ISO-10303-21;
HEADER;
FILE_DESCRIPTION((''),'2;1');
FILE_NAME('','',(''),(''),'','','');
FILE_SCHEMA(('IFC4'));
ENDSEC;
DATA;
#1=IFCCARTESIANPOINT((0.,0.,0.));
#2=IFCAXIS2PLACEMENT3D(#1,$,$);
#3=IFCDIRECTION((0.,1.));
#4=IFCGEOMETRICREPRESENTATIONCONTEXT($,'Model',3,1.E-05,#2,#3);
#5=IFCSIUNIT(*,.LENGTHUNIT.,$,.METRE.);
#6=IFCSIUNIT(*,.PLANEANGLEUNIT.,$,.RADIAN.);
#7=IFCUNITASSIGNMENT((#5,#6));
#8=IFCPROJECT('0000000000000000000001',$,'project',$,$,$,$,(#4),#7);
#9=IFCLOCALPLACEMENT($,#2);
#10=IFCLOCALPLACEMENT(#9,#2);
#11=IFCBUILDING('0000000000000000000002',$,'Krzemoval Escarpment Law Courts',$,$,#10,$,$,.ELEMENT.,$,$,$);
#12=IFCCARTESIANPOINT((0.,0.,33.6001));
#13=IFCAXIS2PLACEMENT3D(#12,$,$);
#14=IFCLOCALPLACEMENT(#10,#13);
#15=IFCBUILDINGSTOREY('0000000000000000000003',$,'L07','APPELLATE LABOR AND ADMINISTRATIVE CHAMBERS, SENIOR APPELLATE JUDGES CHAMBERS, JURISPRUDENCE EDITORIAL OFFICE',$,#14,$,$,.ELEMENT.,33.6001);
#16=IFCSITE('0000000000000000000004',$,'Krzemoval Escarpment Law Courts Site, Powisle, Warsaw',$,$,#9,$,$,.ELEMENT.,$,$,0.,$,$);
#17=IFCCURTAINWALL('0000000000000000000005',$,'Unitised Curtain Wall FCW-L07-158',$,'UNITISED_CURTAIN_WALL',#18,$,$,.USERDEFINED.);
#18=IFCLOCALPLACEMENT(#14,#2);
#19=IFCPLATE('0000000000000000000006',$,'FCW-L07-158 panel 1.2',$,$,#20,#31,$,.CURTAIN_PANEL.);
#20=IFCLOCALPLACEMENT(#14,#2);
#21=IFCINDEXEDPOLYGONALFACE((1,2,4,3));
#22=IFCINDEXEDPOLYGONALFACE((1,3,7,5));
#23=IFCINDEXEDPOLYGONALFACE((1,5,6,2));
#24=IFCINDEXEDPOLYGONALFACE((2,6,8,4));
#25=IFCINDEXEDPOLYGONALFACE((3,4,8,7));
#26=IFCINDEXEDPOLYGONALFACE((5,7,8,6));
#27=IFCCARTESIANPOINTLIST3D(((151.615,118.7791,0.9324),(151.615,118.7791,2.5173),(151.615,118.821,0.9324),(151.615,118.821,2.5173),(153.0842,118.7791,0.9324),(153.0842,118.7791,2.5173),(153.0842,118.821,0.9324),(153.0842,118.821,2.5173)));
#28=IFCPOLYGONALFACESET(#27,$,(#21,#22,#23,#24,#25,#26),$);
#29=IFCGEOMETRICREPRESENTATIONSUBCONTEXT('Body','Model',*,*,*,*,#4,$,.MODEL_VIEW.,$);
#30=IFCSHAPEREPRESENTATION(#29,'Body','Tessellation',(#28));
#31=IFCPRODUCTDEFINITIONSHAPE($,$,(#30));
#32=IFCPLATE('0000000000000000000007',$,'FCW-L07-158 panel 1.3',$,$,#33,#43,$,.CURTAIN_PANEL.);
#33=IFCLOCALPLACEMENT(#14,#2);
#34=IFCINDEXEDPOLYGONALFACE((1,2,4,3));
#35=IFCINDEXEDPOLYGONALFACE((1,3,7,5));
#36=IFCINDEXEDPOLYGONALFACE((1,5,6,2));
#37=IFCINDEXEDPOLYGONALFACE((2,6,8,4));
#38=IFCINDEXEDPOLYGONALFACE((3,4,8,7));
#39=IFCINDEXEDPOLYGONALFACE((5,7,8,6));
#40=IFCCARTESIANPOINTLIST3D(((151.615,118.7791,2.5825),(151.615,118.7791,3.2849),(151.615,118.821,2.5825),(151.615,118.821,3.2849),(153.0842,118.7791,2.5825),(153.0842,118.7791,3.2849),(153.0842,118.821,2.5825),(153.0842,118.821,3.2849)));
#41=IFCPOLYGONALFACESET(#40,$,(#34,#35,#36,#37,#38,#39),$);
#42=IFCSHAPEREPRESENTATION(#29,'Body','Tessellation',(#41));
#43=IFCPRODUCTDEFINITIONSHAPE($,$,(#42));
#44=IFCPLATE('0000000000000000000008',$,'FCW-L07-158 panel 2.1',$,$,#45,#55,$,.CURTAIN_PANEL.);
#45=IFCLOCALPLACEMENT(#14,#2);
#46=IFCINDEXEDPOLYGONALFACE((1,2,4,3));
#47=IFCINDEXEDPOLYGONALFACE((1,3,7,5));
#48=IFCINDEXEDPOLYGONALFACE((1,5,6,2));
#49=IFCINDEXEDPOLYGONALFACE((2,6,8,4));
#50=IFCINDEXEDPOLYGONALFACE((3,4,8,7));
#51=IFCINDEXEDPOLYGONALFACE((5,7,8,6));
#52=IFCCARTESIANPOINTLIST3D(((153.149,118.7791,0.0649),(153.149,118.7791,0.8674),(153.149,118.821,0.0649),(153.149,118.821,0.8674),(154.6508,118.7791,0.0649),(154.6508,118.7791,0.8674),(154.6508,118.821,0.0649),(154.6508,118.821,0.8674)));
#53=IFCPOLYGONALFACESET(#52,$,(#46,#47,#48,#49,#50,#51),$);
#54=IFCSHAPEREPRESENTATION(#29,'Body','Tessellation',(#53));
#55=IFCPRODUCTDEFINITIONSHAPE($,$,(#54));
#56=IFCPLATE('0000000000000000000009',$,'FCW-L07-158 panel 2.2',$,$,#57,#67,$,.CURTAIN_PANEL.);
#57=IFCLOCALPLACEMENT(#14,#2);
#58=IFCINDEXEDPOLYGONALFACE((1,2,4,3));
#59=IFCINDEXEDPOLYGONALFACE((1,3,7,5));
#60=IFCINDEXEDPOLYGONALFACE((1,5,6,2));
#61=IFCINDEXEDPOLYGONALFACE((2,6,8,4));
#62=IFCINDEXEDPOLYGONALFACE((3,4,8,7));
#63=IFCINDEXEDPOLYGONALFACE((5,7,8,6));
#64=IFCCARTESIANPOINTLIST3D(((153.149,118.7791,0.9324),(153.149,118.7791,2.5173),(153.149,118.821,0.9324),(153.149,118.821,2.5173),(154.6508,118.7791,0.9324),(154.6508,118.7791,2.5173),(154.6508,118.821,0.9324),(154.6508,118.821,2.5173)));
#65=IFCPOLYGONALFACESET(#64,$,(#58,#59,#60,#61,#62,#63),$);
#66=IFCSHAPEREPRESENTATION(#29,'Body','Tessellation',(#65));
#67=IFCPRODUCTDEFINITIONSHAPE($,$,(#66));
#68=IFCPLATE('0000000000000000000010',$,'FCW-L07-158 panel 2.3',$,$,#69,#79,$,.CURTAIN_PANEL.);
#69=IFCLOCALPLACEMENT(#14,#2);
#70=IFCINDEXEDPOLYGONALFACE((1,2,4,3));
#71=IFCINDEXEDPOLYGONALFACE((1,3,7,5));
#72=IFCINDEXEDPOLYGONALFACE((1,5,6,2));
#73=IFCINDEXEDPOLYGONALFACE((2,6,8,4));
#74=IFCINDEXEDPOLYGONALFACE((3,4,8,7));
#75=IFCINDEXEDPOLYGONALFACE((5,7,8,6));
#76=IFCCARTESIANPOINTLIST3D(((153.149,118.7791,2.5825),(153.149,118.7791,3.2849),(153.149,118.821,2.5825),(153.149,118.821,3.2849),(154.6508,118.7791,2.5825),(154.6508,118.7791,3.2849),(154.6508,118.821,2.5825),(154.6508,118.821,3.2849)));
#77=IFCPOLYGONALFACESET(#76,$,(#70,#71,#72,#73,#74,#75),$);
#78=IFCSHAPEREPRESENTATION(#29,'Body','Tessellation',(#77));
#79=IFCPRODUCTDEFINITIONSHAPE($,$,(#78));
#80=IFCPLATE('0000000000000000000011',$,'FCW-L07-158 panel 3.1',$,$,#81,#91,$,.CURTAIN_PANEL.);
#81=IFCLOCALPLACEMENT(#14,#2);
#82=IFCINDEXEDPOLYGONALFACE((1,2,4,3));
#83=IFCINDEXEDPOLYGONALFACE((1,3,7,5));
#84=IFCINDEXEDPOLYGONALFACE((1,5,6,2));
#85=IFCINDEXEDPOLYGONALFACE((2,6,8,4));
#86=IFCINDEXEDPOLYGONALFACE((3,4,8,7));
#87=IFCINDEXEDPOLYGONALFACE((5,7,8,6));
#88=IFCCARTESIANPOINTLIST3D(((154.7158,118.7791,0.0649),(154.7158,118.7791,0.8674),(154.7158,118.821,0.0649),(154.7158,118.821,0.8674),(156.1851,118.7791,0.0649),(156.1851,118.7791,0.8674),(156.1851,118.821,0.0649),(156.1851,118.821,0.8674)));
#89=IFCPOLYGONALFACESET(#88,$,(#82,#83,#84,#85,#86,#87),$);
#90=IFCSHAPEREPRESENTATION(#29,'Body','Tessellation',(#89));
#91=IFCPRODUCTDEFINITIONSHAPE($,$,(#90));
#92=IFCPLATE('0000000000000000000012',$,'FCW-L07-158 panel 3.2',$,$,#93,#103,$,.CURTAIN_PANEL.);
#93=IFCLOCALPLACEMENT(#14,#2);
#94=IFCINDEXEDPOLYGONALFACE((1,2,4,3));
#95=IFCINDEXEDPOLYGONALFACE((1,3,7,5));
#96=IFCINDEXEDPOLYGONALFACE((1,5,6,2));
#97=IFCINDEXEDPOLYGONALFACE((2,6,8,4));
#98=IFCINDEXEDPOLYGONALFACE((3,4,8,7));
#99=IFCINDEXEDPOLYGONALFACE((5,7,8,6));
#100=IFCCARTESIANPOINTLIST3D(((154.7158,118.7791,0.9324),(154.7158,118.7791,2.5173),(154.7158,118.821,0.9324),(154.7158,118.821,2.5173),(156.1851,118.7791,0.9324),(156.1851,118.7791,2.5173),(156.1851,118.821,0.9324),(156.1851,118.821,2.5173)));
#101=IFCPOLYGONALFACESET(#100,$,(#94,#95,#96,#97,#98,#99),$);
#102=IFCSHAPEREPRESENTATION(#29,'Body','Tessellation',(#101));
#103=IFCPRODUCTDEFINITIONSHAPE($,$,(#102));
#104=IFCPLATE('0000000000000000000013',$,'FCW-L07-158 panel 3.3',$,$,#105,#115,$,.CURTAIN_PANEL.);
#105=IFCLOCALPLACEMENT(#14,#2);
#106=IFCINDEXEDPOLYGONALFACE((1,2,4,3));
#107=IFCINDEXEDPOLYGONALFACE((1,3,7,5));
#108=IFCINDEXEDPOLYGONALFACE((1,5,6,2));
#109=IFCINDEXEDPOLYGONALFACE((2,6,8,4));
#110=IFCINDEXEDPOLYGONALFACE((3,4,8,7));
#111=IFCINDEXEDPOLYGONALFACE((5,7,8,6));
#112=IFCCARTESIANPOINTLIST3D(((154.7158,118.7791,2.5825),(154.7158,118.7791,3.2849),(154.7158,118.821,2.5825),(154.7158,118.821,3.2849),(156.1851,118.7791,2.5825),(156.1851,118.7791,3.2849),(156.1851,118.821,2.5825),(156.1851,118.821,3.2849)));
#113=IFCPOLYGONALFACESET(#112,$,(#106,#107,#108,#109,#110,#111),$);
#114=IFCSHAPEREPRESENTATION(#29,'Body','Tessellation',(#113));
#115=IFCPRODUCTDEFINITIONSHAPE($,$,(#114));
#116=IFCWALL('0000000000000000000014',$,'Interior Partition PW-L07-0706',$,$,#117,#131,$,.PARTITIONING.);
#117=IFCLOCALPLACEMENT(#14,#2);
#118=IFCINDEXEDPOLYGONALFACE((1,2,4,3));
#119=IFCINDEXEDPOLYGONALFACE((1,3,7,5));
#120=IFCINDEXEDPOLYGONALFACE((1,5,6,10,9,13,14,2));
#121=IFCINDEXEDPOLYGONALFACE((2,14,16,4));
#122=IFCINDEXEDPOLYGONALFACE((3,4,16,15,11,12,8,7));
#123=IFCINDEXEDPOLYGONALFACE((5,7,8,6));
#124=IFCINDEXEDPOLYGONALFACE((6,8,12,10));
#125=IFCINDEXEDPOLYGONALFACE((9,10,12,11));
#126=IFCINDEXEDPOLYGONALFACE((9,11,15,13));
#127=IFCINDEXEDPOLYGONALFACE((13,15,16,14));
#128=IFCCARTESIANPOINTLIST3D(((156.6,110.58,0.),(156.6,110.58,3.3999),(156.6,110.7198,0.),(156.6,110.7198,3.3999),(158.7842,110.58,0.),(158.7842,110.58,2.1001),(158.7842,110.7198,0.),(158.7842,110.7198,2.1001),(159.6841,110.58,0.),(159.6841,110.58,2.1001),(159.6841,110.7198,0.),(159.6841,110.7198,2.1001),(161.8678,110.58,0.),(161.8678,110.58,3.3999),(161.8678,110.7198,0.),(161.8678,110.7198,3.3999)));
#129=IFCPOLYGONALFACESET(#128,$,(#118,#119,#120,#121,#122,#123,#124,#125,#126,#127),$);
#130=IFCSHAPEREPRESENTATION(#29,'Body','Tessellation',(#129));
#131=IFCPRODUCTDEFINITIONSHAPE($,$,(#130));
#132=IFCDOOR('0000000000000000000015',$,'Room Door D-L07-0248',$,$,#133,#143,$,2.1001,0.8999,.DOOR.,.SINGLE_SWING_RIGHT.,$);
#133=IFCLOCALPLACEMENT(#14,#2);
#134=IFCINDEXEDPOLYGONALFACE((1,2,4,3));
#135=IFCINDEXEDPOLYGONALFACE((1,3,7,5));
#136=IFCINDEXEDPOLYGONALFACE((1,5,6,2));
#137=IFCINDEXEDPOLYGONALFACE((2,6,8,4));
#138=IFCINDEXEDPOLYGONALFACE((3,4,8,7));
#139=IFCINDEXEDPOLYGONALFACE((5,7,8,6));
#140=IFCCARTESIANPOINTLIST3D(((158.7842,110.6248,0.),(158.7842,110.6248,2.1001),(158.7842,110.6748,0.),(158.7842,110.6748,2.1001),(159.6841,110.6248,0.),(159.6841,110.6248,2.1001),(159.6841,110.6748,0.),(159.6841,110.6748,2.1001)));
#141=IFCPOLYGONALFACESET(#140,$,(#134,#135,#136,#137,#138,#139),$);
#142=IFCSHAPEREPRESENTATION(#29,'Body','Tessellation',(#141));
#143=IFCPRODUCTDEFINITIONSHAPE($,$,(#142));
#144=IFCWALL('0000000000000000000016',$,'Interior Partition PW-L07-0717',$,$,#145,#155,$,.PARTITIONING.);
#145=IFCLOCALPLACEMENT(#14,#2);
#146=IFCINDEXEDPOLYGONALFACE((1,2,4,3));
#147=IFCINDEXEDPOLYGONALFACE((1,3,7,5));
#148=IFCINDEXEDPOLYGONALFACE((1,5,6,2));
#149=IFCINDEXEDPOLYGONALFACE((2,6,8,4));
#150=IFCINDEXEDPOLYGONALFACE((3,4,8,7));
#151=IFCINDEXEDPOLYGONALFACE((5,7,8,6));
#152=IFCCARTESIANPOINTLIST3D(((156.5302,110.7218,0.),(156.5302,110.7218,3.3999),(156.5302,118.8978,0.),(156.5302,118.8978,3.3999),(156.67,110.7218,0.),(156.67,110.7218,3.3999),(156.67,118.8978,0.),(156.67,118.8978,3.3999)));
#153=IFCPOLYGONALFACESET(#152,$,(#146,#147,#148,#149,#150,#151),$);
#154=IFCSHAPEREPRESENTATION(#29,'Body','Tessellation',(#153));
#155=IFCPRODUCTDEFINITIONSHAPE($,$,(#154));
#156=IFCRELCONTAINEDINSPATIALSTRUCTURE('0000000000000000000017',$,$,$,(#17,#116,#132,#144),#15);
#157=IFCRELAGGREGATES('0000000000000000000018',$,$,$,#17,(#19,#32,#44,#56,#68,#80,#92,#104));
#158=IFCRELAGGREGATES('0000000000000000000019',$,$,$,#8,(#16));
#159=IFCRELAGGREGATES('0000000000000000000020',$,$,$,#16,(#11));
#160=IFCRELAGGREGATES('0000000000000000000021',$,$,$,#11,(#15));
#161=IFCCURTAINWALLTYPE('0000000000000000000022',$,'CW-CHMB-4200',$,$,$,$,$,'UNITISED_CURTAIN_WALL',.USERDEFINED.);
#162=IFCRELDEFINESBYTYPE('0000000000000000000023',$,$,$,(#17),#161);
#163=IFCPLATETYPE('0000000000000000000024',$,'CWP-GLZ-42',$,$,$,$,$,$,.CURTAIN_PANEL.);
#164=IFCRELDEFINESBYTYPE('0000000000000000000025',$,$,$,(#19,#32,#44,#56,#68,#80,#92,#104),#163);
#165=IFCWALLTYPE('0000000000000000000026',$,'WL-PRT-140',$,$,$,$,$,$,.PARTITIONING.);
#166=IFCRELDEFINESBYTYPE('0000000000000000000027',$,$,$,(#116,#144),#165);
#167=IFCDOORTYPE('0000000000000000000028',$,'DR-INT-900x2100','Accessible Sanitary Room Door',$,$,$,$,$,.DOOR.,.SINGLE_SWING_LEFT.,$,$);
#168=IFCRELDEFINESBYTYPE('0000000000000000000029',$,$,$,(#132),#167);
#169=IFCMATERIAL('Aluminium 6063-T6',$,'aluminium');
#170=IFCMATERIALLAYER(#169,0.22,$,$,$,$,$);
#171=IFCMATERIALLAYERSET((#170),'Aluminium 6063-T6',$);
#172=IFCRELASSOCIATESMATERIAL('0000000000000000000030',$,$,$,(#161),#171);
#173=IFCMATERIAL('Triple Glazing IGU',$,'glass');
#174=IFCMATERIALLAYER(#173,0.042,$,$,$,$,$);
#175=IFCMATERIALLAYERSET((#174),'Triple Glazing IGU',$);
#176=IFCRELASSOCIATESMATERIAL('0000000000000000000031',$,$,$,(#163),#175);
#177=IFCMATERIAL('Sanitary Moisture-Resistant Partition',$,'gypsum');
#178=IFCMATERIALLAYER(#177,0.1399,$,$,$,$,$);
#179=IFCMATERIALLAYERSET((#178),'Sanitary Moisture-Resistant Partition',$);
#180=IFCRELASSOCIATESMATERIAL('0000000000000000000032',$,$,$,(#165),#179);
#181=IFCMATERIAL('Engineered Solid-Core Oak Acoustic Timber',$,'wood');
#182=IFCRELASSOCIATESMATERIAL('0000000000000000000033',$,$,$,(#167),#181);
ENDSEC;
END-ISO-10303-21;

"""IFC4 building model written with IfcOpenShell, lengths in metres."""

from ifc_helpers import new_model, si_unit, direction, frame, frame_2d, origin, origin_2d, place, context, subcontext, project, spatial, rectangle, extrude, material, layer, layer_set, type_object, element, fill, aggregate, save


model = new_model("IFC4")

# Units and contexts
model_context = context("Model", 3, precision=1e-05, world=origin(), true_north=direction((0.0, 1.0)))
body_context = subcontext(model_context, "Body", "Model", "MODEL_VIEW")
ifc_project = project(units=[si_unit("LENGTHUNIT", "METRE"), si_unit("PLANEANGLEUNIT", "RADIAN")], contexts=[model_context])

# Site, building, storey
site_placement = place(None, origin())
site = spatial("IfcSite", under=ifc_project, at=site_placement, Name="Krzemoval Escarpment Law Courts Site, Powisle, Warsaw", CompositionType="ELEMENT", RefElevation=0.0)
building_placement = place(site_placement, origin())
building = spatial("IfcBuilding", under=site, at=building_placement, Name="Krzemoval Escarpment Law Courts", CompositionType="ELEMENT")
storey_placement = place(building_placement, frame((0.0, 0.0, 33.6001)))
storey = spatial("IfcBuildingStorey", under=building, at=storey_placement, Name="L07", Description="APPELLATE LABOR AND ADMINISTRATIVE CHAMBERS, SENIOR APPELLATE JUDGES CHAMBERS, JURISPRUDENCE EDITORIAL OFFICE", CompositionType="ELEMENT", Elevation=33.6001)

# Curtain wall, plates
ifc_material_1 = material(Name="Aluminium 6063-T6", Category="aluminium")
ifc_layer_1 = layer(ifc_material_1, 0.22)
ifc_layer_set_1 = layer_set([ifc_layer_1], Name="Aluminium 6063-T6")
curtain_wall_type = type_object("IfcCurtainWallType", Name="CW-CHMB-4200", ElementType="UNITISED_CURTAIN_WALL", PredefinedType="USERDEFINED", material=ifc_layer_set_1)
curtain_wall_placement = place(storey_placement, origin())
curtain_wall = element("IfcCurtainWall", 1, at=curtain_wall_placement, inside=storey, type_object=curtain_wall_type, Name="Unitised Curtain Wall FCW-L07-158", ObjectType="UNITISED_CURTAIN_WALL", PredefinedType="USERDEFINED")
ifc_material_2 = material(Name="Triple Glazing IGU", Category="glass")
ifc_layer_2 = layer(ifc_material_2, 0.042)
ifc_layer_set_2 = layer_set([ifc_layer_2], Name="Triple Glazing IGU")
plate_type = type_object("IfcPlateType", Name="CWP-GLZ-42", PredefinedType="CURTAIN_PANEL", material=ifc_layer_set_2)
plate_1_placement = place(storey_placement, frame((152.3496, 118.8, 0.9324), z_axis=(0.0, 0.0, 1.0), x_axis=(1.0, 0.0, 0.0)))
plate_1 = element("IfcPlate", 2, at=plate_1_placement, type_object=plate_type, Name="FCW-L07-158 panel 1.2", PredefinedType="CURTAIN_PANEL", context=body_context, shape_type="SweptSolid", body=[
    extrude(rectangle(XDim=1.4692, YDim=0.042, at=origin_2d()), origin(), (0.0, 0.0, 1.0), 1.585),
])
plate_2_placement = place(storey_placement, frame((152.3496, 118.8, 2.5825), z_axis=(0.0, 0.0, 1.0), x_axis=(1.0, 0.0, 0.0)))
plate_2 = element("IfcPlate", 3, at=plate_2_placement, type_object=plate_type, Name="FCW-L07-158 panel 1.3", PredefinedType="CURTAIN_PANEL", context=body_context, shape_type="SweptSolid", body=[
    extrude(rectangle(XDim=1.4692, YDim=0.042, at=origin_2d()), origin(), (0.0, 0.0, 1.0), 0.7024),
])
plate_3_placement = place(storey_placement, frame((153.8999, 118.8, 0.0649), z_axis=(0.0, 0.0, 1.0), x_axis=(1.0, 0.0, 0.0)))
plate_3 = element("IfcPlate", 4, at=plate_3_placement, type_object=plate_type, Name="FCW-L07-158 panel 2.1", PredefinedType="CURTAIN_PANEL", context=body_context, shape_type="SweptSolid", body=[
    extrude(rectangle(XDim=1.5017, YDim=0.042, at=origin_2d()), origin(), (0.0, 0.0, 1.0), 0.8025),
])
plate_4_placement = place(storey_placement, frame((153.8999, 118.8, 0.9324), z_axis=(0.0, 0.0, 1.0), x_axis=(1.0, 0.0, 0.0)))
plate_4 = element("IfcPlate", 5, at=plate_4_placement, type_object=plate_type, Name="FCW-L07-158 panel 2.2", PredefinedType="CURTAIN_PANEL", context=body_context, shape_type="SweptSolid", body=[
    extrude(rectangle(XDim=1.5017, YDim=0.042, at=origin_2d()), origin(), (0.0, 0.0, 1.0), 1.585),
])
plate_5_placement = place(storey_placement, frame((153.8999, 118.8, 2.5825), z_axis=(0.0, 0.0, 1.0), x_axis=(1.0, 0.0, 0.0)))
plate_5 = element("IfcPlate", 6, at=plate_5_placement, type_object=plate_type, Name="FCW-L07-158 panel 2.3", PredefinedType="CURTAIN_PANEL", context=body_context, shape_type="SweptSolid", body=[
    extrude(rectangle(XDim=1.5017, YDim=0.042, at=origin_2d()), origin(), (0.0, 0.0, 1.0), 0.7024),
])
plate_6_placement = place(storey_placement, frame((155.4504, 118.8, 0.0649), z_axis=(0.0, 0.0, 1.0), x_axis=(1.0, 0.0, 0.0)))
plate_6 = element("IfcPlate", 7, at=plate_6_placement, type_object=plate_type, Name="FCW-L07-158 panel 3.1", PredefinedType="CURTAIN_PANEL", context=body_context, shape_type="SweptSolid", body=[
    extrude(rectangle(XDim=1.4692, YDim=0.042, at=origin_2d()), origin(), (0.0, 0.0, 1.0), 0.8025),
])
plate_7_placement = place(storey_placement, frame((155.4504, 118.8, 0.9324), z_axis=(0.0, 0.0, 1.0), x_axis=(1.0, 0.0, 0.0)))
plate_7 = element("IfcPlate", 8, at=plate_7_placement, type_object=plate_type, Name="FCW-L07-158 panel 3.2", PredefinedType="CURTAIN_PANEL", context=body_context, shape_type="SweptSolid", body=[
    extrude(rectangle(XDim=1.4692, YDim=0.042, at=origin_2d()), origin(), (0.0, 0.0, 1.0), 1.585),
])
plate_8_placement = place(storey_placement, frame((155.4504, 118.8, 2.5825), z_axis=(0.0, 0.0, 1.0), x_axis=(1.0, 0.0, 0.0)))
plate_8 = element("IfcPlate", 9, at=plate_8_placement, type_object=plate_type, Name="FCW-L07-158 panel 3.3", PredefinedType="CURTAIN_PANEL", context=body_context, shape_type="SweptSolid", body=[
    extrude(rectangle(XDim=1.4692, YDim=0.042, at=origin_2d()), origin(), (0.0, 0.0, 1.0), 0.7024),
])
aggregate(curtain_wall, [plate_1, plate_2, plate_3, plate_4, plate_5, plate_6, plate_7, plate_8])

# Wall, opening, door
ifc_material_3 = material(Name="Sanitary Moisture-Resistant Partition", Category="gypsum")
ifc_layer_3 = layer(ifc_material_3, 0.1399)
ifc_layer_set_3 = layer_set([ifc_layer_3], Name="Sanitary Moisture-Resistant Partition")
wall_type = type_object("IfcWallType", Name="WL-PRT-140", PredefinedType="PARTITIONING", material=ifc_layer_set_3)
wall_1_placement = place(storey_placement, frame((156.6001, 110.6499, 0.0), z_axis=(0.0, 0.0, 1.0), x_axis=(1.0, 0.0, 0.0)))
wall_1 = element("IfcWall", 10, at=wall_1_placement, inside=storey, type_object=wall_type, Name="Interior Partition PW-L07-0706", PredefinedType="PARTITIONING", context=body_context, shape_type="SweptSolid", body=[
    extrude(rectangle(XDim=5.2678, YDim=0.1399, at=frame_2d((2.6338, 0.0))), origin(), (0.0, 0.0, 1.0), 3.3999),
])
opening_placement = place(wall_1_placement, frame((2.1841, 0.0, 0.0)))
opening = element("IfcOpeningElement", 11, at=opening_placement, cuts=wall_1, PredefinedType="OPENING", context=body_context, shape_type="SweptSolid", body=[
    extrude(rectangle(XDim=0.8999, YDim=2.1001, at=frame_2d((0.45, 1.05))), frame((0.0, 0.0849, 0.0), z_axis=(0.0, -1.0, 0.0), x_axis=(1.0, 0.0, 0.0)), (0.0, 0.0, 1.0), 0.1699),
])
ifc_material_4 = material(Name="Engineered Solid-Core Oak Acoustic Timber", Category="wood")
door_type = type_object("IfcDoorType", Name="DR-INT-900x2100", Description="Accessible Sanitary Room Door", OperationType="SINGLE_SWING_LEFT", PredefinedType="DOOR", material=ifc_material_4)
door_placement = place(opening_placement, origin())
door = element("IfcDoor", 12, at=door_placement, inside=storey, type_object=door_type, Name="Room Door D-L07-0248", OperationType="SINGLE_SWING_RIGHT", OverallHeight=2.1001, OverallWidth=0.8999, PredefinedType="DOOR", context=body_context, shape_type="SweptSolid", body=[
    extrude(rectangle(XDim=0.8999, YDim=2.1001, at=frame_2d((0.45, 1.05))), frame((0.0, 0.0249, 0.0), z_axis=(0.0, -1.0, 0.0), x_axis=(1.0, 0.0, 0.0)), (0.0, 0.0, 1.0), 0.05),
])
fill(opening, door)

# Wall
wall_2_placement = place(storey_placement, frame((156.6001, 110.7219, 0.0), z_axis=(0.0, 0.0, 1.0), x_axis=(0.0, 1.0, 0.0)))
element("IfcWall", 13, at=wall_2_placement, inside=storey, type_object=wall_type, Name="Interior Partition PW-L07-0717", PredefinedType="PARTITIONING", context=body_context, shape_type="SweptSolid", body=[
    extrude(rectangle(XDim=8.176, YDim=0.1399, at=frame_2d((4.0879, 0.0))), origin(), (0.0, 0.0, 1.0), 3.3999),
])

save(model, "model.ifc")
